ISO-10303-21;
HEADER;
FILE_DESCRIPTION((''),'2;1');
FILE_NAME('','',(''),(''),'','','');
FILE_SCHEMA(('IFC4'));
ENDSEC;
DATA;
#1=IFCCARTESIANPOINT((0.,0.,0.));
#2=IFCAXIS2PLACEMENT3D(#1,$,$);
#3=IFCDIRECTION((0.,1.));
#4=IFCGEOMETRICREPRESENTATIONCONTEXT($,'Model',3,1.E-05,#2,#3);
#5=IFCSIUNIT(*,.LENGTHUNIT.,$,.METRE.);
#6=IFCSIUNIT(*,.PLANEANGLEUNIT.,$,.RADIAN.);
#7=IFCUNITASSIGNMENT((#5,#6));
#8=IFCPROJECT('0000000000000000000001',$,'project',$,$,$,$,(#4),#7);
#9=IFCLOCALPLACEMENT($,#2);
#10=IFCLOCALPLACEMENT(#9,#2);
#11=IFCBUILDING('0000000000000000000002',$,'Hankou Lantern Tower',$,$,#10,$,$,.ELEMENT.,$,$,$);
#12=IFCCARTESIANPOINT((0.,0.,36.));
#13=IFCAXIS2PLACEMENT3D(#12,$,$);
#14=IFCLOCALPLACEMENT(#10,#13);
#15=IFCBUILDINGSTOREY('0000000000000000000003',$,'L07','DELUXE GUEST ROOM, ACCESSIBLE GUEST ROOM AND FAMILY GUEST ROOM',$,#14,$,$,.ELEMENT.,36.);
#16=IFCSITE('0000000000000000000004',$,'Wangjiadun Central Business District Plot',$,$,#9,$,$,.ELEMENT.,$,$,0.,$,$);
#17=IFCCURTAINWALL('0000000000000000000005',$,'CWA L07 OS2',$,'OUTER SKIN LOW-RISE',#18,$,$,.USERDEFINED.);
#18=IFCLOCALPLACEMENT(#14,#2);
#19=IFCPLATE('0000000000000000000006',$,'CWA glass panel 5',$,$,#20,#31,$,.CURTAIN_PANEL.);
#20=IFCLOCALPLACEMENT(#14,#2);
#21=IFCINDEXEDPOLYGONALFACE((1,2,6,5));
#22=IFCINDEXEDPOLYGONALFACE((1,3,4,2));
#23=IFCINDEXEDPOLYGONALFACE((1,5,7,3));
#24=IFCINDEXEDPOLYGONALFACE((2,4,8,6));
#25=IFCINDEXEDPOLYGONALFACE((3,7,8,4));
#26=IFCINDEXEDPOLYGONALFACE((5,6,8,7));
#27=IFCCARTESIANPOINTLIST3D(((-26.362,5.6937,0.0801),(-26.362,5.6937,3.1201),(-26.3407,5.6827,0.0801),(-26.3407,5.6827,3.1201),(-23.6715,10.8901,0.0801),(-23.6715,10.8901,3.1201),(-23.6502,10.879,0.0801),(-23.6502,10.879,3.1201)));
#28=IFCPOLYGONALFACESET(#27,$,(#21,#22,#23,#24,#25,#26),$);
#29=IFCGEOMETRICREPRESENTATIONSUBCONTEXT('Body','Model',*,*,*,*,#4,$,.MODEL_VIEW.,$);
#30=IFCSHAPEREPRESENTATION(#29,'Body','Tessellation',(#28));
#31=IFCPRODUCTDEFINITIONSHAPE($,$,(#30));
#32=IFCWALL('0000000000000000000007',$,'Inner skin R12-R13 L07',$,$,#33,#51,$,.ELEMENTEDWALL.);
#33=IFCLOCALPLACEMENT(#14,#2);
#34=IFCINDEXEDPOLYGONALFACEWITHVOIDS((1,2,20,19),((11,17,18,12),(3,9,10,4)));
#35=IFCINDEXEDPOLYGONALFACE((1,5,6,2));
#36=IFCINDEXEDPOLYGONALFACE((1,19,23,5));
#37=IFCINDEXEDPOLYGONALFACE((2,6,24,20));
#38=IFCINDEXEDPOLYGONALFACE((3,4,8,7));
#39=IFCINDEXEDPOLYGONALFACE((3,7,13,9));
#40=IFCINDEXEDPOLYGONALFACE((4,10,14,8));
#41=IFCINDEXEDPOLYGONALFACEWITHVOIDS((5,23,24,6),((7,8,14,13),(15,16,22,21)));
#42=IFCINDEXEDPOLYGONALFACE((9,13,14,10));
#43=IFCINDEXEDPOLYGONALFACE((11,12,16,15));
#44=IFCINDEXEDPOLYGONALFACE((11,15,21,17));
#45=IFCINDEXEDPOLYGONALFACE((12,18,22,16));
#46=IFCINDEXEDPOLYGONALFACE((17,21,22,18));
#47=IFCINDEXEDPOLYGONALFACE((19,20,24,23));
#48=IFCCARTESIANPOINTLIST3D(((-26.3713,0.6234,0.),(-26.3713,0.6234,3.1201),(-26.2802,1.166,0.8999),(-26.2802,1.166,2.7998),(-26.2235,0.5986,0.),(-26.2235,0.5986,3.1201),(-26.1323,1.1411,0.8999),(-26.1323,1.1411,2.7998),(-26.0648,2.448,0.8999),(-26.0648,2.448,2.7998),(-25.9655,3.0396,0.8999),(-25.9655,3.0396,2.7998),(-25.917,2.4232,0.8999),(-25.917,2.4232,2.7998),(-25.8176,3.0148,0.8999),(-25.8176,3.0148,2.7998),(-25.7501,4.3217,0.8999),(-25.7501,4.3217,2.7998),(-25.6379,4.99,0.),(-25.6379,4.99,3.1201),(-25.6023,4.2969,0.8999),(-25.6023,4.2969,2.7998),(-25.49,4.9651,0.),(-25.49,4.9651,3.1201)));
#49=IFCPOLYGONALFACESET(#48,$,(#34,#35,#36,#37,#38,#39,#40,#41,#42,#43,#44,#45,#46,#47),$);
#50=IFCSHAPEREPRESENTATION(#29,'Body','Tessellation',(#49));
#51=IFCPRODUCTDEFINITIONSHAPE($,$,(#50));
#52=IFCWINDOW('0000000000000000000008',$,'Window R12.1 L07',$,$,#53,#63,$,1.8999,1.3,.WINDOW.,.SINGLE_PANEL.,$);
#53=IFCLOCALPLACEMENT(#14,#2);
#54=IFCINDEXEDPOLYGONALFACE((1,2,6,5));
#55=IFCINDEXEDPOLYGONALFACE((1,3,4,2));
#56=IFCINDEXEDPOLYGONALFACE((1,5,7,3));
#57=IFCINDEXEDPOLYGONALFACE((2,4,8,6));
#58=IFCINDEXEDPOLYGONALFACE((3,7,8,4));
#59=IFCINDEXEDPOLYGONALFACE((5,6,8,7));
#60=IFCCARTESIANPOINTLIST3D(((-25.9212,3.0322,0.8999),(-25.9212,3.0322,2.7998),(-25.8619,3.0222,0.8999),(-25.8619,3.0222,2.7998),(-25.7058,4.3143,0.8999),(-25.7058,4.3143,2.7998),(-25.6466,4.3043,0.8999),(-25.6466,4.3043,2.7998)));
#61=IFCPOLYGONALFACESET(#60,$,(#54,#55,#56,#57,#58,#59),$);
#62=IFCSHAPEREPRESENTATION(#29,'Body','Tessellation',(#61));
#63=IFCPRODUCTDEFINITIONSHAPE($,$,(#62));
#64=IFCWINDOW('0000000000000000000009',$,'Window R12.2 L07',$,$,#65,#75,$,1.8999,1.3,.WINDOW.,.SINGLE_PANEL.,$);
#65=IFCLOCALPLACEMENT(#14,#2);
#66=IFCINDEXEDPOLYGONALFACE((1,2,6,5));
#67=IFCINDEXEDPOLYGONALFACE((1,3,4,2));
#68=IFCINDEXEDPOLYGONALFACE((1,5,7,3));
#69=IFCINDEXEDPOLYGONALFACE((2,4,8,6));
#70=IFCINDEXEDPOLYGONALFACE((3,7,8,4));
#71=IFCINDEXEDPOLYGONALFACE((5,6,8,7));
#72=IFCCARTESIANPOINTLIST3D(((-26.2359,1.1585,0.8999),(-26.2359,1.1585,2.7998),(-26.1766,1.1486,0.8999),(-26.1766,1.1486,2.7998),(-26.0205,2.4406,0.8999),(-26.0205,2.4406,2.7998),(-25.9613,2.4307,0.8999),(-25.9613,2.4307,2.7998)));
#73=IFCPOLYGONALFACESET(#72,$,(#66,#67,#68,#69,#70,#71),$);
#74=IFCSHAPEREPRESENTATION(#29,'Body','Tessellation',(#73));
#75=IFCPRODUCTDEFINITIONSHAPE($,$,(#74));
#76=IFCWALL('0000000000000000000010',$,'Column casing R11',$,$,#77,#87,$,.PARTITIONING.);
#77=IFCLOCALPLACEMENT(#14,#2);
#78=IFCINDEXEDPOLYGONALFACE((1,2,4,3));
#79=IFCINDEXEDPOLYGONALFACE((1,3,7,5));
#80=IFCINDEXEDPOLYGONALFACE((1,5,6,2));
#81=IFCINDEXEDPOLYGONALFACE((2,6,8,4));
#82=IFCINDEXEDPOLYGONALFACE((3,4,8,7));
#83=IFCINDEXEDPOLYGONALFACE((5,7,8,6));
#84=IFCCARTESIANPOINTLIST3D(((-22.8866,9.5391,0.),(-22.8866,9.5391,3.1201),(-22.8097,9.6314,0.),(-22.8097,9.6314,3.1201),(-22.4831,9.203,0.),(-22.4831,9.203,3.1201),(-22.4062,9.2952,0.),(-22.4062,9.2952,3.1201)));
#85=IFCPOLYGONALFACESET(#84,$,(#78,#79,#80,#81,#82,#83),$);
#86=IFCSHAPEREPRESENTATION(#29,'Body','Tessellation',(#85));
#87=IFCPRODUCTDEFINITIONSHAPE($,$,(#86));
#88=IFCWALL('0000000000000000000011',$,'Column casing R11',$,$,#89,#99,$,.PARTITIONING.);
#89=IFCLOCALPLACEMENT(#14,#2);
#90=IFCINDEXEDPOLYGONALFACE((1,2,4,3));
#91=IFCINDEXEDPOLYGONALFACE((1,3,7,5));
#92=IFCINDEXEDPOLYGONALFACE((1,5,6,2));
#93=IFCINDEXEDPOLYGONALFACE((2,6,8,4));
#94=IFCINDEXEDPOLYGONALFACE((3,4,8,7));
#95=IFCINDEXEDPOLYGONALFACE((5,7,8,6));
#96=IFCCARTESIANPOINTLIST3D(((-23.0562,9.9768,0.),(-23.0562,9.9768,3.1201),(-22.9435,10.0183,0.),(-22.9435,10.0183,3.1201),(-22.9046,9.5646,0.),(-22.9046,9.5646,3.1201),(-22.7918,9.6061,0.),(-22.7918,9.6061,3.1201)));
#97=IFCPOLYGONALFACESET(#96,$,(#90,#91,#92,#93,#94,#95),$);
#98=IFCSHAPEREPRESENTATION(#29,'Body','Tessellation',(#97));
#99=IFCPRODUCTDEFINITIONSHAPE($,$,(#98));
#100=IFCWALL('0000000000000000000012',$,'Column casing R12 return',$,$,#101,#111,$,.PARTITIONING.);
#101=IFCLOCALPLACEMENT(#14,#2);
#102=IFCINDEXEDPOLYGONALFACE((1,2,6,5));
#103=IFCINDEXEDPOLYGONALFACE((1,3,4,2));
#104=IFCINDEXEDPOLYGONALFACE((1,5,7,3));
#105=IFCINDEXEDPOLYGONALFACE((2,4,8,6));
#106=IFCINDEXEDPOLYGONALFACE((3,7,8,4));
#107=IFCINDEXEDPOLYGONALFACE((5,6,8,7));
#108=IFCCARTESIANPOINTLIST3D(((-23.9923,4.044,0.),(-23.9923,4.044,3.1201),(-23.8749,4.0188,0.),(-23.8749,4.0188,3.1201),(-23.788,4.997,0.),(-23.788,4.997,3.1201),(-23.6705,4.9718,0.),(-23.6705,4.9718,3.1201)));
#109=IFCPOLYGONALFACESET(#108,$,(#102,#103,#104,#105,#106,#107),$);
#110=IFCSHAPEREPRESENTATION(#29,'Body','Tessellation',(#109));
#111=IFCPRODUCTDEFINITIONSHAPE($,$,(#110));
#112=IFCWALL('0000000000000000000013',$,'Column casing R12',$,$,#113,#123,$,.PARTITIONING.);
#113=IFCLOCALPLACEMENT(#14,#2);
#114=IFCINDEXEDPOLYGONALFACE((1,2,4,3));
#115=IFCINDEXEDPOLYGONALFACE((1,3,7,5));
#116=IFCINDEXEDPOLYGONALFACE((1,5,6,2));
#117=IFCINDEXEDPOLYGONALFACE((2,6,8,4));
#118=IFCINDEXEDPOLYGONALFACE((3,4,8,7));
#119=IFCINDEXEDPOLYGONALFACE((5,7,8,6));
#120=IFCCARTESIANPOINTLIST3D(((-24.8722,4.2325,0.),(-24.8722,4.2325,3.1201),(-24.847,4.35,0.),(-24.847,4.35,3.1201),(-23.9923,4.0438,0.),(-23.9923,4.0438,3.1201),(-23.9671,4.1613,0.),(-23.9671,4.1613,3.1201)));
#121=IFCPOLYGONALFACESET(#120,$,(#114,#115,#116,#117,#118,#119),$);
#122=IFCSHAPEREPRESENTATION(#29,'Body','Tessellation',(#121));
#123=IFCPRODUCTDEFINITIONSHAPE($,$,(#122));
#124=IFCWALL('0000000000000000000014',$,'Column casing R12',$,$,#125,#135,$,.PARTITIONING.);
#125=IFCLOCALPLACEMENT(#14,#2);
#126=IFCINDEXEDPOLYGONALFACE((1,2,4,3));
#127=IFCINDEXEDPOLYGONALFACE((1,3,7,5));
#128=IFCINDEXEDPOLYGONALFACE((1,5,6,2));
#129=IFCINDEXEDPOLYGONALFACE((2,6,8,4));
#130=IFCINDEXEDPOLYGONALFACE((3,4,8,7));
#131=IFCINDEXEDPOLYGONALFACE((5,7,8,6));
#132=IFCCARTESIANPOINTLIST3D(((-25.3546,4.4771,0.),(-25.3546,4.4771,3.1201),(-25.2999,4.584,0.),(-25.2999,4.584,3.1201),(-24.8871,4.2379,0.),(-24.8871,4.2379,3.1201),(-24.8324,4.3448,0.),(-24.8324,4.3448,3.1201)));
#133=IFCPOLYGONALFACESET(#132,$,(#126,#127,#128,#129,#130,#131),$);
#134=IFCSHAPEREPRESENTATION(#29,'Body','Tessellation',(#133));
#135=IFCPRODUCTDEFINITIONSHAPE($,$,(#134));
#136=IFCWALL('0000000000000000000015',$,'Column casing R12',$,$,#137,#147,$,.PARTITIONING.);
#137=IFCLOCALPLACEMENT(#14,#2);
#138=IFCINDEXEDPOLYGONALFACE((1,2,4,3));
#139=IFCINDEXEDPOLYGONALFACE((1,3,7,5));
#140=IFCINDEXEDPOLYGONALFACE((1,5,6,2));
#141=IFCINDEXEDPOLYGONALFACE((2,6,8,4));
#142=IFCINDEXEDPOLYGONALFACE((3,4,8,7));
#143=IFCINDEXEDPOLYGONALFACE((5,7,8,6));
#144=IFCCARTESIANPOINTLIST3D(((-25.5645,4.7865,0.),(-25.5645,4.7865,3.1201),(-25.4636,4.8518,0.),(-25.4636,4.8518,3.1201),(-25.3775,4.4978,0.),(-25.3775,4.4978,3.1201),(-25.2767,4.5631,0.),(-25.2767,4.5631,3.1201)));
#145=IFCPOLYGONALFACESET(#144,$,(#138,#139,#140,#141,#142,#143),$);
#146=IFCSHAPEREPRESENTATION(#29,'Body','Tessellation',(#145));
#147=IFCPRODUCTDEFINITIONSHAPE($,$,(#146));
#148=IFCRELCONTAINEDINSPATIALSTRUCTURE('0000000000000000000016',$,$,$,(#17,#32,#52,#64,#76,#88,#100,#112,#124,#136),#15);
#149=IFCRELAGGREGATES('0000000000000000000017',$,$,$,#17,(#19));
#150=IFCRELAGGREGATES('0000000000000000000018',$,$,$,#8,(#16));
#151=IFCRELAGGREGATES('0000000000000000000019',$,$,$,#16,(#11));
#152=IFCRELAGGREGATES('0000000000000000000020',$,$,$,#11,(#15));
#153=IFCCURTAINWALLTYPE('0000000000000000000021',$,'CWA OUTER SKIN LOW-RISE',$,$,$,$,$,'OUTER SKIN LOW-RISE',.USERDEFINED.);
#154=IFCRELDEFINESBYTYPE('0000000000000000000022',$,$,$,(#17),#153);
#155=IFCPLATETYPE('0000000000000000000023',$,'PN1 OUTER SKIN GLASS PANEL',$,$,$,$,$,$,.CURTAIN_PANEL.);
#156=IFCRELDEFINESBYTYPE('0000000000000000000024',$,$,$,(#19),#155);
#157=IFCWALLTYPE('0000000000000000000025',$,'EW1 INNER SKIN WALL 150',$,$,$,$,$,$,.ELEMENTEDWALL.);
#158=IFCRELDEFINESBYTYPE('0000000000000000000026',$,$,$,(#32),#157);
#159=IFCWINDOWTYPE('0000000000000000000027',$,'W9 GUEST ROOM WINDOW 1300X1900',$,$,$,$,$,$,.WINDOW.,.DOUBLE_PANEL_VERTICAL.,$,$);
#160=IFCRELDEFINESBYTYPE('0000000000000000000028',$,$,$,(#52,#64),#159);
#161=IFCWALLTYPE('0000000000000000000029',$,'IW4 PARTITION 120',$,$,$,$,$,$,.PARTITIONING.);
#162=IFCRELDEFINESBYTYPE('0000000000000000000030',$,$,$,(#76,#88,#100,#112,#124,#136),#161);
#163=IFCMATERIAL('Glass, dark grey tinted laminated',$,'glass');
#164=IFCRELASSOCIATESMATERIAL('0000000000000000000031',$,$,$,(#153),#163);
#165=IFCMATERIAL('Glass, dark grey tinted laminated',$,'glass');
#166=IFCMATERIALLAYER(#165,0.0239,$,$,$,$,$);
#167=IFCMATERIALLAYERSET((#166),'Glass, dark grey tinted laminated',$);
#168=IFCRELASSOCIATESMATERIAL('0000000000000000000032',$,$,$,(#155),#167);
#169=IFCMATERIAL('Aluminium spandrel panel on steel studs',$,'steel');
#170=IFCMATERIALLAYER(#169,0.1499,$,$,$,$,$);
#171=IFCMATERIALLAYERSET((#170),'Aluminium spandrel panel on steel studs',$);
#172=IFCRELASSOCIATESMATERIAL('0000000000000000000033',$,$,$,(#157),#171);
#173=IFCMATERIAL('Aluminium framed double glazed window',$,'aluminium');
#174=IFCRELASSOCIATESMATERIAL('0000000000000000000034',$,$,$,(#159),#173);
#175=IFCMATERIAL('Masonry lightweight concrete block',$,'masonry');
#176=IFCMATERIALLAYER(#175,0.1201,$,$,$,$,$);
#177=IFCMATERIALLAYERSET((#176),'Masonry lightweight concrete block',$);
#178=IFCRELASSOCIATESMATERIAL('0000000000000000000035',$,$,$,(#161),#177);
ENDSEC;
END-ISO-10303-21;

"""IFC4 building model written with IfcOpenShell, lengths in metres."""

from ifc_helpers import new_model, si_unit, direction, frame, frame_2d, origin, origin_2d, place, context, subcontext, project, spatial, rectangle, extrude, material, layer, layer_set, type_object, element, fill, aggregate, save


model = new_model("IFC4")

# Units and contexts
model_context = context("Model", 3, precision=1e-05, world=origin(), true_north=direction((0.0, 1.0)))
body_context = subcontext(model_context, "Body", "Model", "MODEL_VIEW")
ifc_project = project(units=[si_unit("LENGTHUNIT", "METRE"), si_unit("PLANEANGLEUNIT", "RADIAN")], contexts=[model_context])

# Site, building, storey
site_placement = place(None, origin())
site = spatial("IfcSite", under=ifc_project, at=site_placement, Name="Wangjiadun Central Business District Plot", CompositionType="ELEMENT", RefElevation=0.0)
building_placement = place(site_placement, origin())
building = spatial("IfcBuilding", under=site, at=building_placement, Name="Hankou Lantern Tower", CompositionType="ELEMENT")
storey_placement = place(building_placement, frame((0.0, 0.0, 36.0)))
storey = spatial("IfcBuildingStorey", under=building, at=storey_placement, Name="L07", Description="DELUXE GUEST ROOM, ACCESSIBLE GUEST ROOM AND FAMILY GUEST ROOM", CompositionType="ELEMENT", Elevation=36.0)

# Curtain wall
ifc_material_1 = material(Name="Glass, dark grey tinted laminated", Category="glass")
curtain_wall_type = type_object("IfcCurtainWallType", Name="CWA OUTER SKIN LOW-RISE", ElementType="OUTER SKIN LOW-RISE", PredefinedType="USERDEFINED", material=ifc_material_1)
curtain_wall_placement = place(storey_placement, origin())
curtain_wall = element("IfcCurtainWall", 1, at=curtain_wall_placement, inside=storey, type_object=curtain_wall_type, Name="CWA L07 OS2", ObjectType="OUTER SKIN LOW-RISE", PredefinedType="USERDEFINED")

# Plate
ifc_material_2 = material(Name="Glass, dark grey tinted laminated", Category="glass")
ifc_layer_1 = layer(ifc_material_2, 0.0239)
ifc_layer_set_1 = layer_set([ifc_layer_1], Name="Glass, dark grey tinted laminated")
plate_type = type_object("IfcPlateType", Name="PN1 OUTER SKIN GLASS PANEL", PredefinedType="CURTAIN_PANEL", material=ifc_layer_set_1)
plate_placement = place(storey_placement, frame((-25.0061, 8.2864, 0.0801), z_axis=(0.0, 0.0, 1.0), x_axis=(-0.459791, -0.888027, 0.0)))
plate = element("IfcPlate", 2, at=plate_placement, type_object=plate_type, Name="CWA glass panel 5", PredefinedType="CURTAIN_PANEL", context=body_context, shape_type="SweptSolid", body=[
    extrude(rectangle(XDim=5.8516, YDim=0.0239, at=origin_2d()), origin(), (0.0, 0.0, 1.0), 3.04),
])
aggregate(curtain_wall, [plate])

# Wall, openings, windows
ifc_material_3 = material(Name="Aluminium spandrel panel on steel studs", Category="steel")
ifc_layer_2 = layer(ifc_material_3, 0.1499)
ifc_layer_set_2 = layer_set([ifc_layer_2], Name="Aluminium spandrel panel on steel studs")
wall_type_1 = type_object("IfcWallType", Name="EW1 INNER SKIN WALL 150", PredefinedType="ELEMENTEDWALL", material=ifc_layer_set_2)
wall_1_placement = place(storey_placement, frame((-25.564, 4.9775, 0.0), z_axis=(0.0, 0.0, 1.0), x_axis=(-0.165642, -0.986186, 0.0)))
wall_1 = element("IfcWall", 3, at=wall_1_placement, inside=storey, type_object=wall_type_1, Name="Inner skin R12-R13 L07", PredefinedType="ELEMENTEDWALL", context=body_context, shape_type="SweptSolid", body=[
    extrude(rectangle(XDim=4.4277, YDim=0.1499, at=frame_2d((2.2139, 0.0))), origin(), (0.0, 0.0, 1.0), 3.1201),
])
opening_1_placement = place(wall_1_placement, frame((0.6777, 0.0, 0.8999)))
opening_1 = element("IfcOpeningElement", 4, at=opening_1_placement, cuts=wall_1, PredefinedType="OPENING", context=body_context, shape_type="SweptSolid", body=[
    extrude(rectangle(XDim=1.3, YDim=1.8999, at=frame_2d((0.6499, 0.95))), frame((0.0, 0.085, 0.0), z_axis=(0.0, -1.0, 0.0), x_axis=(1.0, 0.0, 0.0)), (0.0, 0.0, 1.0), 0.1699),
])
opening_2_placement = place(wall_1_placement, frame((2.5776, 0.0, 0.8999)))
opening_2 = element("IfcOpeningElement", 5, at=opening_2_placement, cuts=wall_1, PredefinedType="OPENING", context=body_context, shape_type="SweptSolid", body=[
    extrude(rectangle(XDim=1.3, YDim=1.8999, at=frame_2d((0.6499, 0.95))), frame((0.0, 0.085, 0.0), z_axis=(0.0, -1.0, 0.0), x_axis=(1.0, 0.0, 0.0)), (0.0, 0.0, 1.0), 0.1699),
])
ifc_material_4 = material(Name="Aluminium framed double glazed window", Category="aluminium")
window_type = type_object("IfcWindowType", Name="W9 GUEST ROOM WINDOW 1300X1900", PartitioningType="DOUBLE_PANEL_VERTICAL", PredefinedType="WINDOW", material=ifc_material_4)
window_1_placement = place(opening_1_placement, origin())
window_1 = element("IfcWindow", 6, at=window_1_placement, inside=storey, type_object=window_type, Name="Window R12.1 L07", OverallHeight=1.8999, OverallWidth=1.3, PartitioningType="SINGLE_PANEL", PredefinedType="WINDOW", context=body_context, shape_type="SweptSolid", body=[
    extrude(rectangle(XDim=1.3, YDim=1.8999, at=frame_2d((0.6499, 0.95))), frame((0.0, 0.03, 0.0), z_axis=(0.0, -1.0, 0.0), x_axis=(1.0, 0.0, 0.0)), (0.0, 0.0, 1.0), 0.0601),
])
fill(opening_1, window_1)
window_2_placement = place(opening_2_placement, origin())
window_2 = element("IfcWindow", 7, at=window_2_placement, inside=storey, type_object=window_type, Name="Window R12.2 L07", OverallHeight=1.8999, OverallWidth=1.3, PartitioningType="SINGLE_PANEL", PredefinedType="WINDOW", context=body_context, shape_type="SweptSolid", body=[
    extrude(rectangle(XDim=1.3, YDim=1.8999, at=frame_2d((0.6499, 0.95))), frame((0.0, 0.03, 0.0), z_axis=(0.0, -1.0, 0.0), x_axis=(1.0, 0.0, 0.0)), (0.0, 0.0, 1.0), 0.0601),
])
fill(opening_2, window_2)

# Walls
ifc_material_5 = material(Name="Masonry lightweight concrete block", Category="masonry")
ifc_layer_3 = layer(ifc_material_5, 0.1201)
ifc_layer_set_3 = layer_set([ifc_layer_3], Name="Masonry lightweight concrete block")
wall_type_2 = type_object("IfcWallType", Name="IW4 PARTITION 120", PredefinedType="PARTITIONING", material=ifc_layer_set_3)
wall_2_placement = place(storey_placement, frame((-22.4446, 9.249, 0.0), z_axis=(0.0, 0.0, 1.0), x_axis=(-0.768336, 0.640047, 0.0)))
element("IfcWall", 8, at=wall_2_placement, inside=storey, type_object=wall_type_2, Name="Column casing R11", PredefinedType="PARTITIONING", context=body_context, shape_type="SweptSolid", body=[
    extrude(rectangle(XDim=0.5251, YDim=0.1201, at=frame_2d((0.2627, 0.0))), origin(), (0.0, 0.0, 1.0), 3.1201),
])
wall_3_placement = place(storey_placement, frame((-22.8481, 9.5852, 0.0), z_axis=(0.0, 0.0, 1.0), x_axis=(-0.345267, 0.938504, 0.0)))
element("IfcWall", 9, at=wall_3_placement, inside=storey, type_object=wall_type_2, Name="Column casing R11", PredefinedType="PARTITIONING", context=body_context, shape_type="SweptSolid", body=[
    extrude(rectangle(XDim=0.4392, YDim=0.1201, at=frame_2d((0.2197, 0.0))), origin(), (0.0, 0.0, 1.0), 3.1201),
])
wall_4_placement = place(storey_placement, frame((-23.7292, 4.9844, 0.0), z_axis=(0.0, 0.0, 1.0), x_axis=(-0.209683, -0.977769, 0.0)))
element("IfcWall", 10, at=wall_4_placement, inside=storey, type_object=wall_type_2, Name="Column casing R12 return", PredefinedType="PARTITIONING", context=body_context, shape_type="SweptSolid", body=[
    extrude(rectangle(XDim=0.9746, YDim=0.1201, at=frame_2d((0.4873, 0.0))), origin(), (0.0, 0.0, 1.0), 3.1201),
])
wall_5_placement = place(storey_placement, frame((-23.9797, 4.1025, 0.0), z_axis=(0.0, 0.0, 1.0), x_axis=(-0.977763, 0.209714, 0.0)))
element("IfcWall", 11, at=wall_5_placement, inside=storey, type_object=wall_type_2, Name="Column casing R12", PredefinedType="PARTITIONING", context=body_context, shape_type="SweptSolid", body=[
    extrude(rectangle(XDim=0.8999, YDim=0.1201, at=frame_2d((0.45, 0.0))), origin(), (0.0, 0.0, 1.0), 3.1201),
])
wall_6_placement = place(storey_placement, frame((-24.8596, 4.2913, 0.0), z_axis=(0.0, 0.0, 1.0), x_axis=(-0.890204, 0.455561, 0.0)))
element("IfcWall", 12, at=wall_6_placement, inside=storey, type_object=wall_type_2, Name="Column casing R12", PredefinedType="PARTITIONING", context=body_context, shape_type="SweptSolid", body=[
    extrude(rectangle(XDim=0.5251, YDim=0.1201, at=frame_2d((0.2627, 0.0))), origin(), (0.0, 0.0, 1.0), 3.1201),
])
wall_7_placement = place(storey_placement, frame((-25.3271, 4.5305, 0.0), z_axis=(0.0, 0.0, 1.0), x_axis=(-0.543516, 0.839399, 0.0)))
element("IfcWall", 13, at=wall_7_placement, inside=storey, type_object=wall_type_2, Name="Column casing R12", PredefinedType="PARTITIONING", context=body_context, shape_type="SweptSolid", body=[
    extrude(rectangle(XDim=0.344, YDim=0.1201, at=frame_2d((0.1719, 0.0))), origin(), (0.0, 0.0, 1.0), 3.1201),
])

save(model, "model.ifc")
